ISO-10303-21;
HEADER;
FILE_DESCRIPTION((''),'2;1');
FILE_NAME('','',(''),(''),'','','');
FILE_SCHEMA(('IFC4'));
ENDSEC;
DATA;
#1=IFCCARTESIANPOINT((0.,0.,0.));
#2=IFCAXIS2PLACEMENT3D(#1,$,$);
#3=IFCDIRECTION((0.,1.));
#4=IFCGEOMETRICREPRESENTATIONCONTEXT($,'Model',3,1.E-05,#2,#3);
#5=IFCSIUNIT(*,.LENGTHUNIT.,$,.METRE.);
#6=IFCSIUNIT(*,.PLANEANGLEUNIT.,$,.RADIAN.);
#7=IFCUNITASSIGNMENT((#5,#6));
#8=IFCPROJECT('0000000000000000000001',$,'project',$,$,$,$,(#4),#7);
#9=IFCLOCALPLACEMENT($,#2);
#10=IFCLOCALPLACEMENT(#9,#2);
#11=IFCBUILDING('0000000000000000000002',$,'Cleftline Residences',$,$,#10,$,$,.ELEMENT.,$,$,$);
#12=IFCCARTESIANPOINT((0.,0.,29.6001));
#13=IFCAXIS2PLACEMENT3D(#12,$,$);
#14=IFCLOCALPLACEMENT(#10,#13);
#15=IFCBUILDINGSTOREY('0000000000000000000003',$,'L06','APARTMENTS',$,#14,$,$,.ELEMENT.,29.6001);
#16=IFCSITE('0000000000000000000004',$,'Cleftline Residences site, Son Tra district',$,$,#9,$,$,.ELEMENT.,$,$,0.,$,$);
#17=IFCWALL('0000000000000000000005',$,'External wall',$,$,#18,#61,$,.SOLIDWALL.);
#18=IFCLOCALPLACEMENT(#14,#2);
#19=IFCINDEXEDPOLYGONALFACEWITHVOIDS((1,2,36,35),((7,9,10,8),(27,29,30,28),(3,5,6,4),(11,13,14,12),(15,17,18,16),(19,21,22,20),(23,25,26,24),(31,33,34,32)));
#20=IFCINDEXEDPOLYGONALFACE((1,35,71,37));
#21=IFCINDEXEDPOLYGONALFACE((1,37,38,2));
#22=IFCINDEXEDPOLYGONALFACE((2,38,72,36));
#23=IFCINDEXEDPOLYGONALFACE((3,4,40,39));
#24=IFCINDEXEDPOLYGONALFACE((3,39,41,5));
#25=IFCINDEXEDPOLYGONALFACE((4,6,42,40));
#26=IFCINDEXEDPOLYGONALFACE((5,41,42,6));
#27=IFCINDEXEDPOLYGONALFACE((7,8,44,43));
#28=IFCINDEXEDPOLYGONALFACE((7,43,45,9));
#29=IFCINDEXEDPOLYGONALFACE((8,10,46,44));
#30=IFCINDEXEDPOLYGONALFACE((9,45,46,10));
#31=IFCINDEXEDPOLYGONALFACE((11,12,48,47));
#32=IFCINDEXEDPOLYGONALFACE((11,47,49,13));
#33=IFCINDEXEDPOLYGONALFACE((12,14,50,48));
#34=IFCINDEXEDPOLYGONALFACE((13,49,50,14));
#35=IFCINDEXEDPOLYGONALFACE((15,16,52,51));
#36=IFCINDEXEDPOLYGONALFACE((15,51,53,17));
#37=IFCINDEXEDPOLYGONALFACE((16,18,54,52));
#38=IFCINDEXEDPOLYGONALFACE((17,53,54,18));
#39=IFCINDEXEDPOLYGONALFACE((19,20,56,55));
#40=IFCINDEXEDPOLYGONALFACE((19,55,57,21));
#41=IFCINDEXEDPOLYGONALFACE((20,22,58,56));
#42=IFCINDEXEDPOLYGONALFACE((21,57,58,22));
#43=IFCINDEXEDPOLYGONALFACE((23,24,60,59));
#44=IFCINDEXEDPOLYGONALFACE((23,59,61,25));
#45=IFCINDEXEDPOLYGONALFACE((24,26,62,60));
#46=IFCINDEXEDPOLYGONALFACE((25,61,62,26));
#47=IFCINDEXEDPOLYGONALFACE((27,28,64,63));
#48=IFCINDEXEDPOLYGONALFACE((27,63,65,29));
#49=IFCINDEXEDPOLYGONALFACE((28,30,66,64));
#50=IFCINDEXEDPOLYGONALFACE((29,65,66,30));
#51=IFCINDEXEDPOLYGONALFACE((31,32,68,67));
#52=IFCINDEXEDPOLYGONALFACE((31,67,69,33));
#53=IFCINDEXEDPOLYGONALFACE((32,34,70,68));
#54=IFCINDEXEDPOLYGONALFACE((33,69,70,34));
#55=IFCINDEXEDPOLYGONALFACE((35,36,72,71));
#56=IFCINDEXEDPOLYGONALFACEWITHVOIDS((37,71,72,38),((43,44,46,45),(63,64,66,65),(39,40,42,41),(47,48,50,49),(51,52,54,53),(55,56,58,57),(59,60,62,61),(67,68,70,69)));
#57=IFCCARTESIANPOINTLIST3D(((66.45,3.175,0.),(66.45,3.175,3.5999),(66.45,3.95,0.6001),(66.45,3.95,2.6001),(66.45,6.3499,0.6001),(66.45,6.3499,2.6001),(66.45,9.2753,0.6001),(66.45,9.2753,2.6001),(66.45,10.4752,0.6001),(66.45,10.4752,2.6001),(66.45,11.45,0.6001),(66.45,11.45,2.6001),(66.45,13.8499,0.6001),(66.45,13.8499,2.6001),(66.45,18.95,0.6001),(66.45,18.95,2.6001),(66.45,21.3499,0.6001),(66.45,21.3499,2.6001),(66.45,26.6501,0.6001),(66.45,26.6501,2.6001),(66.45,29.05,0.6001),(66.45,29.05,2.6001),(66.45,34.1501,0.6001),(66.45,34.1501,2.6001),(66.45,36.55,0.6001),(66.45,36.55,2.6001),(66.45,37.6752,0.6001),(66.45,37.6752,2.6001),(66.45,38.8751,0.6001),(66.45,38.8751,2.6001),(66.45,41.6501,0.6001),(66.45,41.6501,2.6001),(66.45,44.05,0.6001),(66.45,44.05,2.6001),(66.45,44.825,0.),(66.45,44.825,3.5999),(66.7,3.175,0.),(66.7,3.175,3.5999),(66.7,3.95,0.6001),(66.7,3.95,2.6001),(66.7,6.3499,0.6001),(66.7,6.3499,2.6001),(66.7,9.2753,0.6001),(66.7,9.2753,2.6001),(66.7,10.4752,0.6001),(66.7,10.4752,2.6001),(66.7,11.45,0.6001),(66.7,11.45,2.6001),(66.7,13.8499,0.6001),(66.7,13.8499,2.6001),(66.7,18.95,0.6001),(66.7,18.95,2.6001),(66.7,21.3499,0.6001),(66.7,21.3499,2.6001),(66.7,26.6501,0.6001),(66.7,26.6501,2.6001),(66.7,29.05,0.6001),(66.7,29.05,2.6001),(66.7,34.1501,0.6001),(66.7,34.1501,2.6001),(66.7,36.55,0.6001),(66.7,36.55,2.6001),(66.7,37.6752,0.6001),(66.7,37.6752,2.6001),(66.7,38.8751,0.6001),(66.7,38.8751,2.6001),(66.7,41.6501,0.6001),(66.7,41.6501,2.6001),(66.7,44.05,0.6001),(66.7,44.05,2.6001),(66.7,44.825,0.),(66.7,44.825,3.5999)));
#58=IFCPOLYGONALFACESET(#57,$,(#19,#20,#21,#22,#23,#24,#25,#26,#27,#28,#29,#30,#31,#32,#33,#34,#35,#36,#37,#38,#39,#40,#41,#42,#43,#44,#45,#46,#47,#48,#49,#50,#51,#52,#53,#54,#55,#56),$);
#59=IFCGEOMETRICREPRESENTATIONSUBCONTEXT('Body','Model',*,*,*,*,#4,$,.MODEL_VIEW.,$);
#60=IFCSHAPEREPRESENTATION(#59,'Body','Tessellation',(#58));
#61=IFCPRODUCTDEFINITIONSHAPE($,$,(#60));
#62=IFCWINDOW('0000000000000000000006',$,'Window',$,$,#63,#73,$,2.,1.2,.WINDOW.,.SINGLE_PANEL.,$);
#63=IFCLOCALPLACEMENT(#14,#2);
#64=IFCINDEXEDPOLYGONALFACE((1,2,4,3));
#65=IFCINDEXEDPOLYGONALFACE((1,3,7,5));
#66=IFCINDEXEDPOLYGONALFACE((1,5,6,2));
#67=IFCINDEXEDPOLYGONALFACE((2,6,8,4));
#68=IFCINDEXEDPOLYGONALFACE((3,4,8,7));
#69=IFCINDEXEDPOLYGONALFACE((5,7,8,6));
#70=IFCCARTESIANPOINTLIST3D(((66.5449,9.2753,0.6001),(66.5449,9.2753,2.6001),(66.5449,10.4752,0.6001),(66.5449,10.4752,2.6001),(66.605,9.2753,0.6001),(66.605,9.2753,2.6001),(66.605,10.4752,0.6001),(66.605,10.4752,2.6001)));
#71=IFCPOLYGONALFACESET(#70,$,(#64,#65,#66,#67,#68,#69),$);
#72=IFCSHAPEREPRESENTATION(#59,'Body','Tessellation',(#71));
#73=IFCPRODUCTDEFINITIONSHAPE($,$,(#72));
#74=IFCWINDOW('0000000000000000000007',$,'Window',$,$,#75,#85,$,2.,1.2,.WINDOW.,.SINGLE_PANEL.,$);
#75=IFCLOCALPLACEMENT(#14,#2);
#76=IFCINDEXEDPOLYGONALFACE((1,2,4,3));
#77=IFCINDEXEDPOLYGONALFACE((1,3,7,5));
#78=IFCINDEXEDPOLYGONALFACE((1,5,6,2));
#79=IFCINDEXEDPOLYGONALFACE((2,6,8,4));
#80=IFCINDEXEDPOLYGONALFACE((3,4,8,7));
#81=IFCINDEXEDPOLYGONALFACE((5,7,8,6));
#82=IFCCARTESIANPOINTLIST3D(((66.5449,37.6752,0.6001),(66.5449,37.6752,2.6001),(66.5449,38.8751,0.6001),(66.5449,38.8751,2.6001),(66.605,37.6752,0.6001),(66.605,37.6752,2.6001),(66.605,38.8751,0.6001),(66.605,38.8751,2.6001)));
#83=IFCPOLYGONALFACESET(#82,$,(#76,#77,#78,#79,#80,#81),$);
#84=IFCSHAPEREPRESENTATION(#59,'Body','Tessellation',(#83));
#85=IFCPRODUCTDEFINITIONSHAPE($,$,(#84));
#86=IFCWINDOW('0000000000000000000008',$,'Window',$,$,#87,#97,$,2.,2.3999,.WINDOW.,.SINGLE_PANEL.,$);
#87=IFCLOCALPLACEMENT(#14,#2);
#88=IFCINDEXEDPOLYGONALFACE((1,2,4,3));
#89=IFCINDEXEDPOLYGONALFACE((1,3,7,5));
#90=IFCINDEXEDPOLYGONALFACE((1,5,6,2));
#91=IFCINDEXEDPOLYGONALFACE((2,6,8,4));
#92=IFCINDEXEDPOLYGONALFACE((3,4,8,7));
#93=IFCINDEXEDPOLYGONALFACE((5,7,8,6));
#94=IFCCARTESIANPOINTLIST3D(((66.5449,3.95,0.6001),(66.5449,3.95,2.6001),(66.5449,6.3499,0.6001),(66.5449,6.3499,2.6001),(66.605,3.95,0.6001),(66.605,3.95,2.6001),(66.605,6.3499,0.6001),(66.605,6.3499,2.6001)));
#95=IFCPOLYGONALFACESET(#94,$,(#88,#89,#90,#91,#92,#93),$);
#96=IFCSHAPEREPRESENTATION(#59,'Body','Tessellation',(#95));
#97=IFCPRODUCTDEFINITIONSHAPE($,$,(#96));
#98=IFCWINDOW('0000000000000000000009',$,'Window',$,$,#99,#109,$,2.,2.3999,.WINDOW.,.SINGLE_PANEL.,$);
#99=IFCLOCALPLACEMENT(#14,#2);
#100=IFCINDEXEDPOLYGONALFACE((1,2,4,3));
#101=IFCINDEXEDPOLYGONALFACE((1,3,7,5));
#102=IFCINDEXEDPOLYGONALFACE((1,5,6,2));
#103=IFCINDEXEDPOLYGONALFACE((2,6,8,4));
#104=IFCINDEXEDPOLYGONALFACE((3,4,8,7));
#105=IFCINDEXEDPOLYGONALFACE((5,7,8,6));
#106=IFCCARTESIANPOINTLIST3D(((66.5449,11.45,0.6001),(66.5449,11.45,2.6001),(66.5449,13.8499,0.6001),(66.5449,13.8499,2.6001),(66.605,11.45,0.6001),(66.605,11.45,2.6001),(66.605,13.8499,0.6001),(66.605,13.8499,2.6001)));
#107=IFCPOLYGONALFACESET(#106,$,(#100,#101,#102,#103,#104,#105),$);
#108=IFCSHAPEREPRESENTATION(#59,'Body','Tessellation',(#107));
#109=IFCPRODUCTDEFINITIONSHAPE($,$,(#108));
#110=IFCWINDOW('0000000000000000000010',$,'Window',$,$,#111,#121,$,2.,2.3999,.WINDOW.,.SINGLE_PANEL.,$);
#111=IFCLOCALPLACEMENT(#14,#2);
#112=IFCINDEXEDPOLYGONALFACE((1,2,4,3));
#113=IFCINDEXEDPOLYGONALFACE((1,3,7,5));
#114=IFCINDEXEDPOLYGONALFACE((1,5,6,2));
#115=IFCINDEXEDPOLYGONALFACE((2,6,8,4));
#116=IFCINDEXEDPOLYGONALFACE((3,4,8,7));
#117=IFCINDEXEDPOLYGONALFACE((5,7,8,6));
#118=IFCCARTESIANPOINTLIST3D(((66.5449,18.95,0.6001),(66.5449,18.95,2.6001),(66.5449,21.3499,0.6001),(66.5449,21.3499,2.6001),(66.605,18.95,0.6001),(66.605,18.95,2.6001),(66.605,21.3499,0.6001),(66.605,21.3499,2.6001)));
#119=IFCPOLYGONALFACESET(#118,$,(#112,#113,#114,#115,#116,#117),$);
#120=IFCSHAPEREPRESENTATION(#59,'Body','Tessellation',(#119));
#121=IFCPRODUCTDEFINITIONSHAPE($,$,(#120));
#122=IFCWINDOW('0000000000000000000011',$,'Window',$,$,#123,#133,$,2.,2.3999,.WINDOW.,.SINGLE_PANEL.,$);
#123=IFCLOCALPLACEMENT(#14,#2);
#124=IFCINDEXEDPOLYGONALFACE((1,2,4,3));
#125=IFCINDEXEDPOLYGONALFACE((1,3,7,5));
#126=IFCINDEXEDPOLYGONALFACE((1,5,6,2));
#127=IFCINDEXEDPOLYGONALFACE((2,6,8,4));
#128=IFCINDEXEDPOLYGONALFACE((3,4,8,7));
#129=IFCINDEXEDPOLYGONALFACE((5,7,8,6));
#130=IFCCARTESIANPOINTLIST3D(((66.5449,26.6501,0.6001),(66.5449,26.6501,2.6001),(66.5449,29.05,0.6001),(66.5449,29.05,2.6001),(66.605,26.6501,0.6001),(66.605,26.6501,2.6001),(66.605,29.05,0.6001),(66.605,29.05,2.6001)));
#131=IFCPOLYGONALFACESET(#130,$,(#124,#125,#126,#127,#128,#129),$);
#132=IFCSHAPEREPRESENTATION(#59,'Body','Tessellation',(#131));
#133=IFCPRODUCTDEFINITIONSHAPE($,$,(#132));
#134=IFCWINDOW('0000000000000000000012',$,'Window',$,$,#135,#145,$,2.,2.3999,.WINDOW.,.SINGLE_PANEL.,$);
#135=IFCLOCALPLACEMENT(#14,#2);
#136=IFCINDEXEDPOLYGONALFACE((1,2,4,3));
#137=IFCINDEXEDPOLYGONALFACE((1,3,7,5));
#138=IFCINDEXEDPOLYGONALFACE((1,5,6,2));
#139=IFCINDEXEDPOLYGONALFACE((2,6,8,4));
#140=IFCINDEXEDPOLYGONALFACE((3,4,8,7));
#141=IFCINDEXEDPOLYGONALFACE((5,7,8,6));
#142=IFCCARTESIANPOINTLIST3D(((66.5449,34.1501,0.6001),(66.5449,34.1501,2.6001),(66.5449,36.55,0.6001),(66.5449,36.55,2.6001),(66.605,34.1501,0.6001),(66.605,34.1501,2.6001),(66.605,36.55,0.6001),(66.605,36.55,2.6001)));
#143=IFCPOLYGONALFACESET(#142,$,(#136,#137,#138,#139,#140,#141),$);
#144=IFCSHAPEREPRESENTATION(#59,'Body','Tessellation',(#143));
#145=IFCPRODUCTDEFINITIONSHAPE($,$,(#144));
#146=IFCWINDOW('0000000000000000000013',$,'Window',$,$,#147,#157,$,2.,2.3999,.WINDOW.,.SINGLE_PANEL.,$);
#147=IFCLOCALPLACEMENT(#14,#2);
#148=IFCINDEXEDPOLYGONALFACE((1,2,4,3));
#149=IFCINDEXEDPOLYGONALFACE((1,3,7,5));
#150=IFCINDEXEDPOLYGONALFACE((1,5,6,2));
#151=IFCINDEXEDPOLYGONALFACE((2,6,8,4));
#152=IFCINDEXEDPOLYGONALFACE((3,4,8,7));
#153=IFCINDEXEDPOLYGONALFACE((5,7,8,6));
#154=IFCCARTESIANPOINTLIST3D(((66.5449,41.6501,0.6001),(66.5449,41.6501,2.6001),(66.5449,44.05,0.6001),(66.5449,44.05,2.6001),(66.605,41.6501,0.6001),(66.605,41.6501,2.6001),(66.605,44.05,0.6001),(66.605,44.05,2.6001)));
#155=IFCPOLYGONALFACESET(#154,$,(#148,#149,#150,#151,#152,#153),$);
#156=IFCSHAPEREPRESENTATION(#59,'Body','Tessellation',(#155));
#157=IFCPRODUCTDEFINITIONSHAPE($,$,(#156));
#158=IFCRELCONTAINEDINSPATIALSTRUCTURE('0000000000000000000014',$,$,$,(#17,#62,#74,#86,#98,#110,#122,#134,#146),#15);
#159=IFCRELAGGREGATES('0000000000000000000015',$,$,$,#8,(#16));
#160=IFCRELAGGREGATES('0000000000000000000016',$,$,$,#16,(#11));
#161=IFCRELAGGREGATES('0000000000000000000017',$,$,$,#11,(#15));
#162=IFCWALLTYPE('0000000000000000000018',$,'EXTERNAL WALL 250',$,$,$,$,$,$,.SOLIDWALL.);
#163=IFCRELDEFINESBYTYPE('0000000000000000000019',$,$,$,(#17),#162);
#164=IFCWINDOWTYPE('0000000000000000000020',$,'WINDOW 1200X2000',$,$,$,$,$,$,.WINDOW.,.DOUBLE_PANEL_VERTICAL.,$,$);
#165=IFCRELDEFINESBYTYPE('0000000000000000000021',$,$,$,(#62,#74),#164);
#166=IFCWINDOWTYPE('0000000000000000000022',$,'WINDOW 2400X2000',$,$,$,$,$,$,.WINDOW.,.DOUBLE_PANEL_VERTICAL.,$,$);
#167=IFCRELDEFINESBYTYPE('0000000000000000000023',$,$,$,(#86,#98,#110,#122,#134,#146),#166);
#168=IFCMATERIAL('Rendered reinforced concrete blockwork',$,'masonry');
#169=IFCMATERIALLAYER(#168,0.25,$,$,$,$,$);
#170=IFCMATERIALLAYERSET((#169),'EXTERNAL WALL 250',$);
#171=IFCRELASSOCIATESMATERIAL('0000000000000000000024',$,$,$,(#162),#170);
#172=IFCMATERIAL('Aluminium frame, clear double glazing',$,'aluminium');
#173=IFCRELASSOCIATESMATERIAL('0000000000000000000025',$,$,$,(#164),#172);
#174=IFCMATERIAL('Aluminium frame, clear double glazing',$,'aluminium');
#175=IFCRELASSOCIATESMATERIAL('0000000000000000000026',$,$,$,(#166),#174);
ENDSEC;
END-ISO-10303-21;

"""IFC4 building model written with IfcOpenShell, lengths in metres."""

from ifc_helpers import new_model, si_unit, direction, frame, frame_2d, origin, place, context, subcontext, project, spatial, rectangle, extrude, material, layer, layer_set, type_object, element, fill, save


model = new_model("IFC4")

# Units and contexts
model_context = context("Model", 3, precision=1e-05, world=origin(), true_north=direction((0.0, 1.0)))
body_context = subcontext(model_context, "Body", "Model", "MODEL_VIEW")
ifc_project = project(units=[si_unit("LENGTHUNIT", "METRE"), si_unit("PLANEANGLEUNIT", "RADIAN")], contexts=[model_context])

# Site, building, storey
site_placement = place(None, origin())
site = spatial("IfcSite", under=ifc_project, at=site_placement, Name="Cleftline Residences site, Son Tra district", CompositionType="ELEMENT", RefElevation=0.0)
building_placement = place(site_placement, origin())
building = spatial("IfcBuilding", under=site, at=building_placement, Name="Cleftline Residences", CompositionType="ELEMENT")
storey_placement = place(building_placement, frame((0.0, 0.0, 29.6001)))
storey = spatial("IfcBuildingStorey", under=building, at=storey_placement, Name="L06", Description="APARTMENTS", CompositionType="ELEMENT", Elevation=29.6001)

# Wall, openings, windows
ifc_material_1 = material(Name="Rendered reinforced concrete blockwork", Category="masonry")
ifc_layer_1 = layer(ifc_material_1, 0.25)
ifc_layer_set_1 = layer_set([ifc_layer_1], Name="EXTERNAL WALL 250")
wall_type = type_object("IfcWallType", Name="EXTERNAL WALL 250", PredefinedType="SOLIDWALL", material=ifc_layer_set_1)
wall_placement = place(storey_placement, frame((66.575, 3.175, 0.0), z_axis=(0.0, 0.0, 1.0), x_axis=(0.0, 1.0, 0.0)))
wall = element("IfcWall", 1, at=wall_placement, inside=storey, type_object=wall_type, Name="External wall", PredefinedType="SOLIDWALL", context=body_context, shape_type="SweptSolid", body=[
    extrude(rectangle(XDim=41.6499, YDim=0.25, at=frame_2d((20.825, 0.0))), origin(), (0.0, 0.0, 1.0), 3.5999),
])
opening_1_placement = place(wall_placement, frame((0.7749, 0.0, 0.6001)))
opening_1 = element("IfcOpeningElement", 2, at=opening_1_placement, cuts=wall, PredefinedType="OPENING", context=body_context, shape_type="SweptSolid", body=[
    extrude(rectangle(XDim=2.3999, YDim=2.0, at=frame_2d((1.2, 1.0))), frame((0.0, 0.135, 0.0), z_axis=(0.0, -1.0, 0.0), x_axis=(1.0, 0.0, 0.0)), (0.0, 0.0, 1.0), 0.27),
])
opening_2_placement = place(wall_placement, frame((6.1001, 0.0, 0.6001)))
opening_2 = element("IfcOpeningElement", 3, at=opening_2_placement, cuts=wall, PredefinedType="OPENING", context=body_context, shape_type="SweptSolid", body=[
    extrude(rectangle(XDim=1.2, YDim=2.0, at=frame_2d((0.6001, 1.0))), frame((0.0, 0.135, 0.0), z_axis=(0.0, -1.0, 0.0), x_axis=(1.0, 0.0, 0.0)), (0.0, 0.0, 1.0), 0.27),
])
opening_3_placement = place(wall_placement, frame((8.2749, 0.0, 0.6001)))
opening_3 = element("IfcOpeningElement", 4, at=opening_3_placement, cuts=wall, PredefinedType="OPENING", context=body_context, shape_type="SweptSolid", body=[
    extrude(rectangle(XDim=2.3999, YDim=2.0, at=frame_2d((1.2, 1.0))), frame((0.0, 0.135, 0.0), z_axis=(0.0, -1.0, 0.0), x_axis=(1.0, 0.0, 0.0)), (0.0, 0.0, 1.0), 0.27),
])
opening_4_placement = place(wall_placement, frame((15.7749, 0.0, 0.6001)))
opening_4 = element("IfcOpeningElement", 5, at=opening_4_placement, cuts=wall, PredefinedType="OPENING", context=body_context, shape_type="SweptSolid", body=[
    extrude(rectangle(XDim=2.3999, YDim=2.0, at=frame_2d((1.2, 1.0))), frame((0.0, 0.135, 0.0), z_axis=(0.0, -1.0, 0.0), x_axis=(1.0, 0.0, 0.0)), (0.0, 0.0, 1.0), 0.27),
])
opening_5_placement = place(wall_placement, frame((23.4751, 0.0, 0.6001)))
opening_5 = element("IfcOpeningElement", 6, at=opening_5_placement, cuts=wall, PredefinedType="OPENING", context=body_context, shape_type="SweptSolid", body=[
    extrude(rectangle(XDim=2.3999, YDim=2.0, at=frame_2d((1.2, 1.0))), frame((0.0, 0.135, 0.0), z_axis=(0.0, -1.0, 0.0), x_axis=(1.0, 0.0, 0.0)), (0.0, 0.0, 1.0), 0.27),
])
opening_6_placement = place(wall_placement, frame((30.9751, 0.0, 0.6001)))
opening_6 = element("IfcOpeningElement", 7, at=opening_6_placement, cuts=wall, PredefinedType="OPENING", context=body_context, shape_type="SweptSolid", body=[
    extrude(rectangle(XDim=2.3999, YDim=2.0, at=frame_2d((1.2, 1.0))), frame((0.0, 0.135, 0.0), z_axis=(0.0, -1.0, 0.0), x_axis=(1.0, 0.0, 0.0)), (0.0, 0.0, 1.0), 0.27),
])
opening_7_placement = place(wall_placement, frame((34.5, 0.0, 0.6001)))
opening_7 = element("IfcOpeningElement", 8, at=opening_7_placement, cuts=wall, PredefinedType="OPENING", context=body_context, shape_type="SweptSolid", body=[
    extrude(rectangle(XDim=1.2, YDim=2.0, at=frame_2d((0.6001, 1.0))), frame((0.0, 0.135, 0.0), z_axis=(0.0, -1.0, 0.0), x_axis=(1.0, 0.0, 0.0)), (0.0, 0.0, 1.0), 0.27),
])
opening_8_placement = place(wall_placement, frame((38.4751, 0.0, 0.6001)))
opening_8 = element("IfcOpeningElement", 9, at=opening_8_placement, cuts=wall, PredefinedType="OPENING", context=body_context, shape_type="SweptSolid", body=[
    extrude(rectangle(XDim=2.3999, YDim=2.0, at=frame_2d((1.2, 1.0))), frame((0.0, 0.135, 0.0), z_axis=(0.0, -1.0, 0.0), x_axis=(1.0, 0.0, 0.0)), (0.0, 0.0, 1.0), 0.27),
])
ifc_material_2 = material(Name="Aluminium frame, clear double glazing", Category="aluminium")
window_type_1 = type_object("IfcWindowType", Name="WINDOW 1200X2000", PartitioningType="DOUBLE_PANEL_VERTICAL", PredefinedType="WINDOW", material=ifc_material_2)
window_1_placement = place(opening_2_placement, origin())
window_1 = element("IfcWindow", 10, at=window_1_placement, inside=storey, type_object=window_type_1, Name="Window", OverallHeight=2.0, OverallWidth=1.2, PartitioningType="SINGLE_PANEL", PredefinedType="WINDOW", context=body_context, shape_type="SweptSolid", body=[
    extrude(rectangle(XDim=1.2, YDim=2.0, at=frame_2d((0.6001, 1.0))), frame((0.0, 0.03, 0.0), z_axis=(0.0, -1.0, 0.0), x_axis=(1.0, 0.0, 0.0)), (0.0, 0.0, 1.0), 0.0601),
])
fill(opening_2, window_1)
window_2_placement = place(opening_7_placement, origin())
window_2 = element("IfcWindow", 11, at=window_2_placement, inside=storey, type_object=window_type_1, Name="Window", OverallHeight=2.0, OverallWidth=1.2, PartitioningType="SINGLE_PANEL", PredefinedType="WINDOW", context=body_context, shape_type="SweptSolid", body=[
    extrude(rectangle(XDim=1.2, YDim=2.0, at=frame_2d((0.6001, 1.0))), frame((0.0, 0.03, 0.0), z_axis=(0.0, -1.0, 0.0), x_axis=(1.0, 0.0, 0.0)), (0.0, 0.0, 1.0), 0.0601),
])
fill(opening_7, window_2)
ifc_material_3 = material(Name="Aluminium frame, clear double glazing", Category="aluminium")
window_type_2 = type_object("IfcWindowType", Name="WINDOW 2400X2000", PartitioningType="DOUBLE_PANEL_VERTICAL", PredefinedType="WINDOW", material=ifc_material_3)
window_3_placement = place(opening_1_placement, origin())
window_3 = element("IfcWindow", 12, at=window_3_placement, inside=storey, type_object=window_type_2, Name="Window", OverallHeight=2.0, OverallWidth=2.3999, PartitioningType="SINGLE_PANEL", PredefinedType="WINDOW", context=body_context, shape_type="SweptSolid", body=[
    extrude(rectangle(XDim=2.3999, YDim=2.0, at=frame_2d((1.2, 1.0))), frame((0.0, 0.03, 0.0), z_axis=(0.0, -1.0, 0.0), x_axis=(1.0, 0.0, 0.0)), (0.0, 0.0, 1.0), 0.0601),
])
fill(opening_1, window_3)
window_4_placement = place(opening_3_placement, origin())
window_4 = element("IfcWindow", 13, at=window_4_placement, inside=storey, type_object=window_type_2, Name="Window", OverallHeight=2.0, OverallWidth=2.3999, PartitioningType="SINGLE_PANEL", PredefinedType="WINDOW", context=body_context, shape_type="SweptSolid", body=[
    extrude(rectangle(XDim=2.3999, YDim=2.0, at=frame_2d((1.2, 1.0))), frame((0.0, 0.03, 0.0), z_axis=(0.0, -1.0, 0.0), x_axis=(1.0, 0.0, 0.0)), (0.0, 0.0, 1.0), 0.0601),
])
fill(opening_3, window_4)
window_5_placement = place(opening_4_placement, origin())
window_5 = element("IfcWindow", 14, at=window_5_placement, inside=storey, type_object=window_type_2, Name="Window", OverallHeight=2.0, OverallWidth=2.3999, PartitioningType="SINGLE_PANEL", PredefinedType="WINDOW", context=body_context, shape_type="SweptSolid", body=[
    extrude(rectangle(XDim=2.3999, YDim=2.0, at=frame_2d((1.2, 1.0))), frame((0.0, 0.03, 0.0), z_axis=(0.0, -1.0, 0.0), x_axis=(1.0, 0.0, 0.0)), (0.0, 0.0, 1.0), 0.0601),
])
fill(opening_4, window_5)
window_6_placement = place(opening_5_placement, origin())
window_6 = element("IfcWindow", 15, at=window_6_placement, inside=storey, type_object=window_type_2, Name="Window", OverallHeight=2.0, OverallWidth=2.3999, PartitioningType="SINGLE_PANEL", PredefinedType="WINDOW", context=body_context, shape_type="SweptSolid", body=[
    extrude(rectangle(XDim=2.3999, YDim=2.0, at=frame_2d((1.2, 1.0))), frame((0.0, 0.03, 0.0), z_axis=(0.0, -1.0, 0.0), x_axis=(1.0, 0.0, 0.0)), (0.0, 0.0, 1.0), 0.0601),
])
fill(opening_5, window_6)
window_7_placement = place(opening_6_placement, origin())
window_7 = element("IfcWindow", 16, at=window_7_placement, inside=storey, type_object=window_type_2, Name="Window", OverallHeight=2.0, OverallWidth=2.3999, PartitioningType="SINGLE_PANEL", PredefinedType="WINDOW", context=body_context, shape_type="SweptSolid", body=[
    extrude(rectangle(XDim=2.3999, YDim=2.0, at=frame_2d((1.2, 1.0))), frame((0.0, 0.03, 0.0), z_axis=(0.0, -1.0, 0.0), x_axis=(1.0, 0.0, 0.0)), (0.0, 0.0, 1.0), 0.0601),
])
fill(opening_6, window_7)
window_8_placement = place(opening_8_placement, origin())
window_8 = element("IfcWindow", 17, at=window_8_placement, inside=storey, type_object=window_type_2, Name="Window", OverallHeight=2.0, OverallWidth=2.3999, PartitioningType="SINGLE_PANEL", PredefinedType="WINDOW", context=body_context, shape_type="SweptSolid", body=[
    extrude(rectangle(XDim=2.3999, YDim=2.0, at=frame_2d((1.2, 1.0))), frame((0.0, 0.03, 0.0), z_axis=(0.0, -1.0, 0.0), x_axis=(1.0, 0.0, 0.0)), (0.0, 0.0, 1.0), 0.0601),
])
fill(opening_8, window_8)

save(model, "model.ifc")
